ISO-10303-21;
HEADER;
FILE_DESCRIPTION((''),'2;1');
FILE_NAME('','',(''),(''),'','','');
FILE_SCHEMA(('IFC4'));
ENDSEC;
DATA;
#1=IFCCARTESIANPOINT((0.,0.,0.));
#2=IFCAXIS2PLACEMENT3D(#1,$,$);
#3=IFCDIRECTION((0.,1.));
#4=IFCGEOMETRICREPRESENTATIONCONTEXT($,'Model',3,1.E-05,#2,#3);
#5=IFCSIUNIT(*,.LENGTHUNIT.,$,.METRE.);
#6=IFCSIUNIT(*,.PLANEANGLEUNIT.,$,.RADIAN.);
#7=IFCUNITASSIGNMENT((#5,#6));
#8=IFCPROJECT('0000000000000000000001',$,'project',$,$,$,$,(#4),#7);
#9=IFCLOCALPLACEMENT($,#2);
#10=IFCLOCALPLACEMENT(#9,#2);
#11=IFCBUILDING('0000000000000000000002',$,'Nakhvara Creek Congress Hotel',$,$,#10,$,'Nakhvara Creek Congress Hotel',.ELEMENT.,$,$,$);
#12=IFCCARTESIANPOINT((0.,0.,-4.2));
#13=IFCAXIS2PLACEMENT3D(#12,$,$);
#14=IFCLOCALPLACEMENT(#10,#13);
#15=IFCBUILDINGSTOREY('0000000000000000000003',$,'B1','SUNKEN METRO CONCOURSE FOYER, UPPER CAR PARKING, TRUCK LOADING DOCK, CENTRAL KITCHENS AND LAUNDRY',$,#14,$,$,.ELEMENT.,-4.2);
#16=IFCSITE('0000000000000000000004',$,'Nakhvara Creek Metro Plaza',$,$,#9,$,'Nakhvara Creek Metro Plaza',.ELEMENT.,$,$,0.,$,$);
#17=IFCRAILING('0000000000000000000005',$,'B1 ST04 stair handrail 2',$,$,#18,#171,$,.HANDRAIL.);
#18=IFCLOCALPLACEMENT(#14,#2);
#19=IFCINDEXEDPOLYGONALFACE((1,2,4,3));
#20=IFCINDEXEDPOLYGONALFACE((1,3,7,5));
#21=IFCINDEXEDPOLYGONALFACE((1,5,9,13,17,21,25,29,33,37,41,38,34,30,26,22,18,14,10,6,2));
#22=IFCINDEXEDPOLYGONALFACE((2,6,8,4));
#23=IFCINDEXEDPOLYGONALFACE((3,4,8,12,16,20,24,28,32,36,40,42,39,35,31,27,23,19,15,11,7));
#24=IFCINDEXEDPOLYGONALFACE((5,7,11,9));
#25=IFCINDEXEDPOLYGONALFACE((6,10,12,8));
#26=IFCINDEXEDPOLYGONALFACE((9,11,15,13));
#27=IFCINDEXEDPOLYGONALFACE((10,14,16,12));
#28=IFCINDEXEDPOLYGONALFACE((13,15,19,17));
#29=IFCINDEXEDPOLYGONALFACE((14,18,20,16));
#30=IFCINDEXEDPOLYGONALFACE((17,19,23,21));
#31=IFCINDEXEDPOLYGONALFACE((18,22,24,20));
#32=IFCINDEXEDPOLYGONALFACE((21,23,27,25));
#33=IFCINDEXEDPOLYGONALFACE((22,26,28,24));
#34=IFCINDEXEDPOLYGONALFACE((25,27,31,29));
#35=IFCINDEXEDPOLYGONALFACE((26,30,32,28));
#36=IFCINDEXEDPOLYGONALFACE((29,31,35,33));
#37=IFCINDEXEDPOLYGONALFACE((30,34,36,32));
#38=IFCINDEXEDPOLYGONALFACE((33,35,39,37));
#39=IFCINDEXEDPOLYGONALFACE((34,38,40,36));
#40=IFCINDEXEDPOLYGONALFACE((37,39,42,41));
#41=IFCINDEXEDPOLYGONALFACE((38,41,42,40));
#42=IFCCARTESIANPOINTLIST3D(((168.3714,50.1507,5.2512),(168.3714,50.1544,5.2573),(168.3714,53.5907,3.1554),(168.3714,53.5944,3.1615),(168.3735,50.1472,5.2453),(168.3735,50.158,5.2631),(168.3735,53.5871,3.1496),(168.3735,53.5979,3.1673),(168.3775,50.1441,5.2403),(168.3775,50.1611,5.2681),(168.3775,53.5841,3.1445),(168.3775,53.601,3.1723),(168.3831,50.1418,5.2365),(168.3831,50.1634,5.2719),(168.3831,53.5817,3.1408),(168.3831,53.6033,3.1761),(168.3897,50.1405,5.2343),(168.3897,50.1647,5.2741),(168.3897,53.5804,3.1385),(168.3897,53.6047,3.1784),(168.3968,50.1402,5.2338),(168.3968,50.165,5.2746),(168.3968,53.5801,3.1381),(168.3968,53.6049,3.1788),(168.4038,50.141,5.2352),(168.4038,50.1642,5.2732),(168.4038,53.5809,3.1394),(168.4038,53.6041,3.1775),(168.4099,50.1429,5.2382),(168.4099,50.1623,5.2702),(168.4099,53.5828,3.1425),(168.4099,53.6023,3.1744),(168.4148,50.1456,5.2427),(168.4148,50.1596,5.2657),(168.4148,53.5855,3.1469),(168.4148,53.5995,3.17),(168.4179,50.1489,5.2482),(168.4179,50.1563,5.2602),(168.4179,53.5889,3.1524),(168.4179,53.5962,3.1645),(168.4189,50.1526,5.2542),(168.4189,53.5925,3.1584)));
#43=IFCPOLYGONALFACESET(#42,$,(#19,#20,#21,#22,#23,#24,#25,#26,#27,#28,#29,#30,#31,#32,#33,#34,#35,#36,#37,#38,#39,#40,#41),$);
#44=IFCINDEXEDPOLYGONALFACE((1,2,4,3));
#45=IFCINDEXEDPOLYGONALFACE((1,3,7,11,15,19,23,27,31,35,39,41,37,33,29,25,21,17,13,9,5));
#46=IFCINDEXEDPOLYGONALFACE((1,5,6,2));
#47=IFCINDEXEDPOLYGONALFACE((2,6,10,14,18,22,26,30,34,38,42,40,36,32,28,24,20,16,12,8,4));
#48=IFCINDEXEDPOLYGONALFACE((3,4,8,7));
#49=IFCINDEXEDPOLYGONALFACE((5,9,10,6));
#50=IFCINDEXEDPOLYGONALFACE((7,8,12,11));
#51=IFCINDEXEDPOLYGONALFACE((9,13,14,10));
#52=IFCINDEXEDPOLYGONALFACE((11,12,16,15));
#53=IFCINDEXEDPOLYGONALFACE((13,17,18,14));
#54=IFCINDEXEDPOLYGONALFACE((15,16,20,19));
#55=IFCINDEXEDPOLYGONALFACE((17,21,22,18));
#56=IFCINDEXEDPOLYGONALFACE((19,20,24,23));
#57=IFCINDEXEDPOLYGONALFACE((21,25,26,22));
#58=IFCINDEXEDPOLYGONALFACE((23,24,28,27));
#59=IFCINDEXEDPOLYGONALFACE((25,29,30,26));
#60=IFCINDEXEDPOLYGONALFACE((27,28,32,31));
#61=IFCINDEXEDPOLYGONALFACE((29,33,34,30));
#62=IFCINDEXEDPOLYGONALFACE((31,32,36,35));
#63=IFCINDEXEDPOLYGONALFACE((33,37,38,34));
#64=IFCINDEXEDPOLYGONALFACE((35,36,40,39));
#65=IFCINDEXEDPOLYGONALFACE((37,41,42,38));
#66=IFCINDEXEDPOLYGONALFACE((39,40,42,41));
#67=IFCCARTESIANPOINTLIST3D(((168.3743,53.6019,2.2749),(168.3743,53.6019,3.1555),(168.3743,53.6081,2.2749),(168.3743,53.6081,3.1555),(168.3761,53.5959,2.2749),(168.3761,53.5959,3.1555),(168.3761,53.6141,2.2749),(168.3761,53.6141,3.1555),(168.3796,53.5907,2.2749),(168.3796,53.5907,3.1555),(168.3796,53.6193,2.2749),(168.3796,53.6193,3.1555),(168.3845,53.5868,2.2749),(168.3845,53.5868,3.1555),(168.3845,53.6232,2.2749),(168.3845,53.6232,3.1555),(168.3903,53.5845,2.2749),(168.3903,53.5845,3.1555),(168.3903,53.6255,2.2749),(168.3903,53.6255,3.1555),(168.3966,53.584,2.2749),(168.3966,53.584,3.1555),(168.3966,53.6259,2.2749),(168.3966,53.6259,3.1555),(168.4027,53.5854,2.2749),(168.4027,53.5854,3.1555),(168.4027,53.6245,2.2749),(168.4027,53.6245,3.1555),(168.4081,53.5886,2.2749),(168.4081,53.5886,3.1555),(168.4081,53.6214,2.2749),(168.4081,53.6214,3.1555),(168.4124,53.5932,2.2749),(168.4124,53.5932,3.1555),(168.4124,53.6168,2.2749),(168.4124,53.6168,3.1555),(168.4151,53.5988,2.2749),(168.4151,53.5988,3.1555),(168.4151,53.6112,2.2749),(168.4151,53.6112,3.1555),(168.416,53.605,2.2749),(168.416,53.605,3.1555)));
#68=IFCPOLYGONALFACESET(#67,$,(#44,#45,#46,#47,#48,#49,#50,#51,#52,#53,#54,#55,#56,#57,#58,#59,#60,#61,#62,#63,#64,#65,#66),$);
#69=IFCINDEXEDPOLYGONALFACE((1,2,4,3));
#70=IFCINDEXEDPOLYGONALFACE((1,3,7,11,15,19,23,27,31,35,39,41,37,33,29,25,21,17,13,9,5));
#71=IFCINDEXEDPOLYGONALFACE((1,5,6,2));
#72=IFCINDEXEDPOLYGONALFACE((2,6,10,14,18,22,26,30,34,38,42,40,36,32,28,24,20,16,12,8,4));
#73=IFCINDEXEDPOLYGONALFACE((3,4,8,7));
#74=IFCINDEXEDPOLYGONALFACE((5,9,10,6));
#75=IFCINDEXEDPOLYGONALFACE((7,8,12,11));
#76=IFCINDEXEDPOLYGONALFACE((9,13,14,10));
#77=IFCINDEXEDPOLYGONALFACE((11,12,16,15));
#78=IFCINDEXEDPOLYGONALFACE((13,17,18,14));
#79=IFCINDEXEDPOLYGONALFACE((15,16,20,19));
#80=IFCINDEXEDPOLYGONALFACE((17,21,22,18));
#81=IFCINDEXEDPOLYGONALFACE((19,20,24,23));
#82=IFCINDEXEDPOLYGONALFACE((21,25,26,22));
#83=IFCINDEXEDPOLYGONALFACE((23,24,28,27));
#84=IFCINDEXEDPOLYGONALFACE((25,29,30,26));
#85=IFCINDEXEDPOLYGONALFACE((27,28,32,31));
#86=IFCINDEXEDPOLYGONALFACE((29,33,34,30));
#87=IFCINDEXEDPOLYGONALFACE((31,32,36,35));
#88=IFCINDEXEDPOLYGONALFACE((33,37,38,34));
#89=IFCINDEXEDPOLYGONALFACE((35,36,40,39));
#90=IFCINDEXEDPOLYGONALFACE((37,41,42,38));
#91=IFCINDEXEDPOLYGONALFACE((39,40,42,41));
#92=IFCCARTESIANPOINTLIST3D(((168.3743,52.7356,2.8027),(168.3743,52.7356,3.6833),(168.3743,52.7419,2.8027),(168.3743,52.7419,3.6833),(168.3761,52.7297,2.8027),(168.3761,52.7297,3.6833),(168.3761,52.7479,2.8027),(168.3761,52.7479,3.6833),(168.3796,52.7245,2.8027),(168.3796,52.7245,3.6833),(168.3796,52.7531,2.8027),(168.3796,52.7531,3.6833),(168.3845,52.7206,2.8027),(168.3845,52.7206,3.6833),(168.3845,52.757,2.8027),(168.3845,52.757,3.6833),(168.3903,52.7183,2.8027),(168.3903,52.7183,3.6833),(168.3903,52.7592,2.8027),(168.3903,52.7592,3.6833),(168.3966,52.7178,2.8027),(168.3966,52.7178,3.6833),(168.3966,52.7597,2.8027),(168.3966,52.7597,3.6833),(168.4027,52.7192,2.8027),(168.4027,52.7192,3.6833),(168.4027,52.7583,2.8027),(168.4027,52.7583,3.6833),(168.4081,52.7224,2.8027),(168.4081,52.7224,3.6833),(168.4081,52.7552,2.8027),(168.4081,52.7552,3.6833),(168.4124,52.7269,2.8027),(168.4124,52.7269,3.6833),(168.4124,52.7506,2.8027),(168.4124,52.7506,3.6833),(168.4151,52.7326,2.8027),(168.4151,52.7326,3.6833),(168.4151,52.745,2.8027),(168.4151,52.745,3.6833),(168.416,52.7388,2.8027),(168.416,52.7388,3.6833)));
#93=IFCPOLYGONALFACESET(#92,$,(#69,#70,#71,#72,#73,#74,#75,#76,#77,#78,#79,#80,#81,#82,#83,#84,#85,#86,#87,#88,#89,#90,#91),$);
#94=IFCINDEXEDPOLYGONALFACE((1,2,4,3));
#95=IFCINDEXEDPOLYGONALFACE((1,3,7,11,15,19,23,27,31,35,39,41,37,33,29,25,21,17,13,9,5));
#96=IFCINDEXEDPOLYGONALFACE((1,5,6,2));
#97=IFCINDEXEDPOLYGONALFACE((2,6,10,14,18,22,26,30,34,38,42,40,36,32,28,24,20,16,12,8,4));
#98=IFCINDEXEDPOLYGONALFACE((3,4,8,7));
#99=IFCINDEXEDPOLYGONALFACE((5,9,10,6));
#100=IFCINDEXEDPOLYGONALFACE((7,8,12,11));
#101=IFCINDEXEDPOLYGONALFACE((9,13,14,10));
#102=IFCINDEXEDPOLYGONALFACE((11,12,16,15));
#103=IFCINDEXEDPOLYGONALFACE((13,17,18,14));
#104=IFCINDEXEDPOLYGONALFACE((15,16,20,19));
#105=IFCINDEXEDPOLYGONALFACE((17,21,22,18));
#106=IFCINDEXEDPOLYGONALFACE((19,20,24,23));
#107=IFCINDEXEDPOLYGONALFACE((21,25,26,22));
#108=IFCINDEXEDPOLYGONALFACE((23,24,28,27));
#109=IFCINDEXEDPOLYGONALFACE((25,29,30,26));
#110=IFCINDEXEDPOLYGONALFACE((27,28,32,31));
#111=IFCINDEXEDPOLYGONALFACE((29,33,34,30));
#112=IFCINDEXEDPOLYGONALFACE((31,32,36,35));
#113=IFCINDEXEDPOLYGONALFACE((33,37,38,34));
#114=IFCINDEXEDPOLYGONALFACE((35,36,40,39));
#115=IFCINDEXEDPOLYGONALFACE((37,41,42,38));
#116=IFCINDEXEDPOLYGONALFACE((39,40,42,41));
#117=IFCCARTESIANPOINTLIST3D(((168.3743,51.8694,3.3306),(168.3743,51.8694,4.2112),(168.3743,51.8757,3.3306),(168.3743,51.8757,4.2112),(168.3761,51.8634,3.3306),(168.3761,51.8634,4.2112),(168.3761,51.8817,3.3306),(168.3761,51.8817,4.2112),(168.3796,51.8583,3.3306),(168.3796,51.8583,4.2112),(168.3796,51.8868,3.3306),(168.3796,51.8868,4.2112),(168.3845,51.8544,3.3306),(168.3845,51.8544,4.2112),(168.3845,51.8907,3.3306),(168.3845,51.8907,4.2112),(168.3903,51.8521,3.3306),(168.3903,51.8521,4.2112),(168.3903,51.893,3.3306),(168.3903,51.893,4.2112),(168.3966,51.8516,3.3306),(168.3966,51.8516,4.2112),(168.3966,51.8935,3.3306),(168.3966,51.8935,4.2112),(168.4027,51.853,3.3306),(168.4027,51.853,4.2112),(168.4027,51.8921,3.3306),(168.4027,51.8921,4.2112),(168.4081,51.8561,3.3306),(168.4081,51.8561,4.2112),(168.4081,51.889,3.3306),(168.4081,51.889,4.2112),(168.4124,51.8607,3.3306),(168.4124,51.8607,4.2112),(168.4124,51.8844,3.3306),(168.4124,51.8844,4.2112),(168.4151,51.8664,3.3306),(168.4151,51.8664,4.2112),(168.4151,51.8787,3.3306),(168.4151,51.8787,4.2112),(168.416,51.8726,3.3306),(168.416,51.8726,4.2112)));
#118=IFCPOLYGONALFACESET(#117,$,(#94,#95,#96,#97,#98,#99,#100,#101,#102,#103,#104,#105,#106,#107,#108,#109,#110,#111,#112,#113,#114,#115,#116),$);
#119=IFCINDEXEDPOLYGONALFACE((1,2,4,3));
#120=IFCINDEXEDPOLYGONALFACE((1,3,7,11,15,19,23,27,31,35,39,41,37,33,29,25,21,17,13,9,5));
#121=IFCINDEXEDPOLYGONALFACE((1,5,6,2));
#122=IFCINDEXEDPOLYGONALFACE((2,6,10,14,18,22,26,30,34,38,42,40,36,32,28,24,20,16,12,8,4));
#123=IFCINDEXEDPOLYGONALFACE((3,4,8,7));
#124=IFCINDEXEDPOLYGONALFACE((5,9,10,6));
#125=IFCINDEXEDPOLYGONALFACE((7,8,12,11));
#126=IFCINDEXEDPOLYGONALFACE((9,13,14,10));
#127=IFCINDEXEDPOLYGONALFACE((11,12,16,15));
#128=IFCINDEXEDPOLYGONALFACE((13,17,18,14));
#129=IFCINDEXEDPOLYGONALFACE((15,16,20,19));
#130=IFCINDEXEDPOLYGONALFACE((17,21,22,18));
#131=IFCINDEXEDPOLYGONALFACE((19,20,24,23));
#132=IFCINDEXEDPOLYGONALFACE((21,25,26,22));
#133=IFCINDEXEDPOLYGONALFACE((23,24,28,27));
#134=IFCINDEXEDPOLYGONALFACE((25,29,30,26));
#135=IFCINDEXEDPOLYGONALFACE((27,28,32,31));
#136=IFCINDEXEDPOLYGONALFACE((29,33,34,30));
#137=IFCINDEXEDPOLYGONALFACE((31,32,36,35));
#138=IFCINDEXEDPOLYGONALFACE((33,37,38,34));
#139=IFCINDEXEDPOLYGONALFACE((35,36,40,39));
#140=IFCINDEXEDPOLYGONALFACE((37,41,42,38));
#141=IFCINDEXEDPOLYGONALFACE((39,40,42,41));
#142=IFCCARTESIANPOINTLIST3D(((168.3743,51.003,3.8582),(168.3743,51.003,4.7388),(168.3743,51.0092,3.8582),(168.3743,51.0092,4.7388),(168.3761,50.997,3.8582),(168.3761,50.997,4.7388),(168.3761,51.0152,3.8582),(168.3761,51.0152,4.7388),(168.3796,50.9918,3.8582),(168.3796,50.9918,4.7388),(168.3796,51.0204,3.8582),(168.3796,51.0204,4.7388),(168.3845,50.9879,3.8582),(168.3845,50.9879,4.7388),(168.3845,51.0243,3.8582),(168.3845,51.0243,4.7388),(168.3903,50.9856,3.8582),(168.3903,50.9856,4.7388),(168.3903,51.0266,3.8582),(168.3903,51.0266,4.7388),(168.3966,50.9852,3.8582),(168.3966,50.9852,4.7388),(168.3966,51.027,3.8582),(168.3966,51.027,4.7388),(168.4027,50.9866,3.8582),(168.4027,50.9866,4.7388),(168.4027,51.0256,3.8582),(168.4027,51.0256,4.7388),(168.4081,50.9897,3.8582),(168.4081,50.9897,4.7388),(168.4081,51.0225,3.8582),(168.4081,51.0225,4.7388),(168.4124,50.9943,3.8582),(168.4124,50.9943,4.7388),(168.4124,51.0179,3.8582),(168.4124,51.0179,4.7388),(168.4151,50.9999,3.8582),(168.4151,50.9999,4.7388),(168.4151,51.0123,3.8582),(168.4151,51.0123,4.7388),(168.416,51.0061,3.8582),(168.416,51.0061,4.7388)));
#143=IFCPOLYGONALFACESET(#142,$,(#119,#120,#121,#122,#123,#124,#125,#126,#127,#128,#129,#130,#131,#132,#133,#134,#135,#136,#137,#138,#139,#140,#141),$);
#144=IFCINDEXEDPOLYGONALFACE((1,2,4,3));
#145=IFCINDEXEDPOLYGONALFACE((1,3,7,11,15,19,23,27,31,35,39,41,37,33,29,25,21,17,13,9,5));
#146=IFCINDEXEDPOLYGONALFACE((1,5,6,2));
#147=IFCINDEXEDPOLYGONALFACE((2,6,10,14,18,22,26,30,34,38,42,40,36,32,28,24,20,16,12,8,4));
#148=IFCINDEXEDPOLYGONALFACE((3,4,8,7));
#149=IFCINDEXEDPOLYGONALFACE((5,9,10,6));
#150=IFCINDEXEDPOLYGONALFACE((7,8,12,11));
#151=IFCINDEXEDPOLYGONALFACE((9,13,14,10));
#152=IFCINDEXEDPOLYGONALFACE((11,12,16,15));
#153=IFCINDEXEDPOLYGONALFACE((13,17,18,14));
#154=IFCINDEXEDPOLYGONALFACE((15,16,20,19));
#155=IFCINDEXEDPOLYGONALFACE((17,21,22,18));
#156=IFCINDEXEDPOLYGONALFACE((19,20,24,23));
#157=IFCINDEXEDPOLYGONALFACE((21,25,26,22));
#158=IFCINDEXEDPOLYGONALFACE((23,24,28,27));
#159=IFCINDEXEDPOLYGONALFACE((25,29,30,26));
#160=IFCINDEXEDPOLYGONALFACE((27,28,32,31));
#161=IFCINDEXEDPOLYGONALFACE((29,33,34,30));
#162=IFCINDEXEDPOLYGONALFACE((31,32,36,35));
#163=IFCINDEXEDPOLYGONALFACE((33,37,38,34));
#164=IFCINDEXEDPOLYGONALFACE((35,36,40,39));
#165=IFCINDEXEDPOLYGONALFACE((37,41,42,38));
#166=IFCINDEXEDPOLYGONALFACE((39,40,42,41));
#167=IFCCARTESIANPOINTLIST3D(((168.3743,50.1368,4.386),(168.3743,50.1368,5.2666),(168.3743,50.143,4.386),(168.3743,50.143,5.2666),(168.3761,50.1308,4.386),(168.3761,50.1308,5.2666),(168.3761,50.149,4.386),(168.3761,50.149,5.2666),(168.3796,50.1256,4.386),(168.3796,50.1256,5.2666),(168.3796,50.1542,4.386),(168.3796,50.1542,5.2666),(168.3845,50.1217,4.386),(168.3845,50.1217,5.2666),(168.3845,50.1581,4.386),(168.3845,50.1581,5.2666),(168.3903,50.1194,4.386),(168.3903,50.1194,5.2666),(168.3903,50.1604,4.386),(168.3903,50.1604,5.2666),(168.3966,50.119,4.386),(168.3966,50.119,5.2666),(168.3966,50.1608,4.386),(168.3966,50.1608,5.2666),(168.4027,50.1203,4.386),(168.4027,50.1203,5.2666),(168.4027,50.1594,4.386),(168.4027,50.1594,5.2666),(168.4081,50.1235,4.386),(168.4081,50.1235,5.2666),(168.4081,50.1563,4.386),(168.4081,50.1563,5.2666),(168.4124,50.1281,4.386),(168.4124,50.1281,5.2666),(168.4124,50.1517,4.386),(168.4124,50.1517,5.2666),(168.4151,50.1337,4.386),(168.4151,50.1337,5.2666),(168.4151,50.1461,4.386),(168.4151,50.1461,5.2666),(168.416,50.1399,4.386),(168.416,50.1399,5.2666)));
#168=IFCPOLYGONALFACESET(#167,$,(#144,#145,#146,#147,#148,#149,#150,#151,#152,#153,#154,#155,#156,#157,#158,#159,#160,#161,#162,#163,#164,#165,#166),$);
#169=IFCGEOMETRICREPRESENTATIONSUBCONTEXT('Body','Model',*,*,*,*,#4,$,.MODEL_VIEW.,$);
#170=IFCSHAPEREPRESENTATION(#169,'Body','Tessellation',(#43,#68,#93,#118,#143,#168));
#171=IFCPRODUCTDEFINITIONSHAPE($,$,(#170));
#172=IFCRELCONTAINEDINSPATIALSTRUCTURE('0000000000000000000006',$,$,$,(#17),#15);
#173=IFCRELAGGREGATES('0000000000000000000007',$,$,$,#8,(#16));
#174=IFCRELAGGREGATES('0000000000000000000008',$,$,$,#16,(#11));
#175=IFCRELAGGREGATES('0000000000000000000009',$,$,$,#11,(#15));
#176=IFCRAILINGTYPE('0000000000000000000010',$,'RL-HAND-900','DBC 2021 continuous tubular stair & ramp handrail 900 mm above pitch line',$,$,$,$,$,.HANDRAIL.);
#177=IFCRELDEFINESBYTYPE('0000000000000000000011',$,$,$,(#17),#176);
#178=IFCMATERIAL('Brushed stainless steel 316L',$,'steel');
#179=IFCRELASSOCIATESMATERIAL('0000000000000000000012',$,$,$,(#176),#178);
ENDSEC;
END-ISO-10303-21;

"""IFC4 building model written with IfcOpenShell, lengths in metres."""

from ifc_helpers import new_model, si_unit, direction, frame, origin, origin_2d, place, context, subcontext, project, spatial, circle, extrude, material, type_object, element, save


model = new_model("IFC4")

# Units and contexts
model_context = context("Model", 3, precision=1e-05, world=origin(), true_north=direction((0.0, 1.0)))
body_context = subcontext(model_context, "Body", "Model", "MODEL_VIEW")
ifc_project = project(units=[si_unit("LENGTHUNIT", "METRE"), si_unit("PLANEANGLEUNIT", "RADIAN")], contexts=[model_context])

# Site, building, storey
site_placement = place(None, origin())
site = spatial("IfcSite", under=ifc_project, at=site_placement, Name="Nakhvara Creek Metro Plaza", LongName="Nakhvara Creek Metro Plaza", CompositionType="ELEMENT", RefElevation=0.0)
building_placement = place(site_placement, origin())
building = spatial("IfcBuilding", under=site, at=building_placement, Name="Nakhvara Creek Congress Hotel", LongName="Nakhvara Creek Congress Hotel", CompositionType="ELEMENT")
storey_placement = place(building_placement, frame((0.0, 0.0, -4.2)))
storey = spatial("IfcBuildingStorey", under=building, at=storey_placement, Name="B1", Description="SUNKEN METRO CONCOURSE FOYER, UPPER CAR PARKING, TRUCK LOADING DOCK, CENTRAL KITCHENS AND LAUNDRY", CompositionType="ELEMENT", Elevation=-4.2)

# Railing
ifc_material_1 = material(Name="Brushed stainless steel 316L", Category="steel")
railing_type_1 = type_object("IfcRailingType", Name="RL-HAND-900", Description="DBC 2021 continuous tubular stair & ramp handrail 900 mm above pitch line", PredefinedType="HANDRAIL", material=ifc_material_1)
railing_1_placement = place(storey_placement, frame((168.395, 53.605, 2.2749)))
element("IfcRailing", 1, at=railing_1_placement, inside=storey, type_object=railing_type_1, Name="B1 ST04 stair handrail 2", PredefinedType="HANDRAIL", context=body_context, shape_type="SweptSolid", body=[
    extrude(circle(Radius=0.0239, at=origin_2d()), frame((0.0, -0.0125, 0.8835), z_axis=(0.0, -0.853991, 0.520289), x_axis=(1.0, 0.0, 0.0)), (0.0, 0.0, 1.0), 4.0281),
    extrude(circle(Radius=0.021, at=origin_2d()), origin(), (0.0, 0.0, 1.0), 0.8806),
    extrude(circle(Radius=0.021, at=origin_2d()), frame((0.0, -0.8662, 0.5278)), (0.0, 0.0, 1.0), 0.8806),
    extrude(circle(Radius=0.021, at=origin_2d()), frame((0.0, -1.7324, 1.0557)), (0.0, 0.0, 1.0), 0.8806),
    extrude(circle(Radius=0.021, at=origin_2d()), frame((0.0, -2.5989, 1.5833)), (0.0, 0.0, 1.0), 0.8806),
    extrude(circle(Radius=0.021, at=origin_2d()), frame((0.0, -3.4651, 2.1111)), (0.0, 0.0, 1.0), 0.8806),
])

save(model, "model.ifc")
